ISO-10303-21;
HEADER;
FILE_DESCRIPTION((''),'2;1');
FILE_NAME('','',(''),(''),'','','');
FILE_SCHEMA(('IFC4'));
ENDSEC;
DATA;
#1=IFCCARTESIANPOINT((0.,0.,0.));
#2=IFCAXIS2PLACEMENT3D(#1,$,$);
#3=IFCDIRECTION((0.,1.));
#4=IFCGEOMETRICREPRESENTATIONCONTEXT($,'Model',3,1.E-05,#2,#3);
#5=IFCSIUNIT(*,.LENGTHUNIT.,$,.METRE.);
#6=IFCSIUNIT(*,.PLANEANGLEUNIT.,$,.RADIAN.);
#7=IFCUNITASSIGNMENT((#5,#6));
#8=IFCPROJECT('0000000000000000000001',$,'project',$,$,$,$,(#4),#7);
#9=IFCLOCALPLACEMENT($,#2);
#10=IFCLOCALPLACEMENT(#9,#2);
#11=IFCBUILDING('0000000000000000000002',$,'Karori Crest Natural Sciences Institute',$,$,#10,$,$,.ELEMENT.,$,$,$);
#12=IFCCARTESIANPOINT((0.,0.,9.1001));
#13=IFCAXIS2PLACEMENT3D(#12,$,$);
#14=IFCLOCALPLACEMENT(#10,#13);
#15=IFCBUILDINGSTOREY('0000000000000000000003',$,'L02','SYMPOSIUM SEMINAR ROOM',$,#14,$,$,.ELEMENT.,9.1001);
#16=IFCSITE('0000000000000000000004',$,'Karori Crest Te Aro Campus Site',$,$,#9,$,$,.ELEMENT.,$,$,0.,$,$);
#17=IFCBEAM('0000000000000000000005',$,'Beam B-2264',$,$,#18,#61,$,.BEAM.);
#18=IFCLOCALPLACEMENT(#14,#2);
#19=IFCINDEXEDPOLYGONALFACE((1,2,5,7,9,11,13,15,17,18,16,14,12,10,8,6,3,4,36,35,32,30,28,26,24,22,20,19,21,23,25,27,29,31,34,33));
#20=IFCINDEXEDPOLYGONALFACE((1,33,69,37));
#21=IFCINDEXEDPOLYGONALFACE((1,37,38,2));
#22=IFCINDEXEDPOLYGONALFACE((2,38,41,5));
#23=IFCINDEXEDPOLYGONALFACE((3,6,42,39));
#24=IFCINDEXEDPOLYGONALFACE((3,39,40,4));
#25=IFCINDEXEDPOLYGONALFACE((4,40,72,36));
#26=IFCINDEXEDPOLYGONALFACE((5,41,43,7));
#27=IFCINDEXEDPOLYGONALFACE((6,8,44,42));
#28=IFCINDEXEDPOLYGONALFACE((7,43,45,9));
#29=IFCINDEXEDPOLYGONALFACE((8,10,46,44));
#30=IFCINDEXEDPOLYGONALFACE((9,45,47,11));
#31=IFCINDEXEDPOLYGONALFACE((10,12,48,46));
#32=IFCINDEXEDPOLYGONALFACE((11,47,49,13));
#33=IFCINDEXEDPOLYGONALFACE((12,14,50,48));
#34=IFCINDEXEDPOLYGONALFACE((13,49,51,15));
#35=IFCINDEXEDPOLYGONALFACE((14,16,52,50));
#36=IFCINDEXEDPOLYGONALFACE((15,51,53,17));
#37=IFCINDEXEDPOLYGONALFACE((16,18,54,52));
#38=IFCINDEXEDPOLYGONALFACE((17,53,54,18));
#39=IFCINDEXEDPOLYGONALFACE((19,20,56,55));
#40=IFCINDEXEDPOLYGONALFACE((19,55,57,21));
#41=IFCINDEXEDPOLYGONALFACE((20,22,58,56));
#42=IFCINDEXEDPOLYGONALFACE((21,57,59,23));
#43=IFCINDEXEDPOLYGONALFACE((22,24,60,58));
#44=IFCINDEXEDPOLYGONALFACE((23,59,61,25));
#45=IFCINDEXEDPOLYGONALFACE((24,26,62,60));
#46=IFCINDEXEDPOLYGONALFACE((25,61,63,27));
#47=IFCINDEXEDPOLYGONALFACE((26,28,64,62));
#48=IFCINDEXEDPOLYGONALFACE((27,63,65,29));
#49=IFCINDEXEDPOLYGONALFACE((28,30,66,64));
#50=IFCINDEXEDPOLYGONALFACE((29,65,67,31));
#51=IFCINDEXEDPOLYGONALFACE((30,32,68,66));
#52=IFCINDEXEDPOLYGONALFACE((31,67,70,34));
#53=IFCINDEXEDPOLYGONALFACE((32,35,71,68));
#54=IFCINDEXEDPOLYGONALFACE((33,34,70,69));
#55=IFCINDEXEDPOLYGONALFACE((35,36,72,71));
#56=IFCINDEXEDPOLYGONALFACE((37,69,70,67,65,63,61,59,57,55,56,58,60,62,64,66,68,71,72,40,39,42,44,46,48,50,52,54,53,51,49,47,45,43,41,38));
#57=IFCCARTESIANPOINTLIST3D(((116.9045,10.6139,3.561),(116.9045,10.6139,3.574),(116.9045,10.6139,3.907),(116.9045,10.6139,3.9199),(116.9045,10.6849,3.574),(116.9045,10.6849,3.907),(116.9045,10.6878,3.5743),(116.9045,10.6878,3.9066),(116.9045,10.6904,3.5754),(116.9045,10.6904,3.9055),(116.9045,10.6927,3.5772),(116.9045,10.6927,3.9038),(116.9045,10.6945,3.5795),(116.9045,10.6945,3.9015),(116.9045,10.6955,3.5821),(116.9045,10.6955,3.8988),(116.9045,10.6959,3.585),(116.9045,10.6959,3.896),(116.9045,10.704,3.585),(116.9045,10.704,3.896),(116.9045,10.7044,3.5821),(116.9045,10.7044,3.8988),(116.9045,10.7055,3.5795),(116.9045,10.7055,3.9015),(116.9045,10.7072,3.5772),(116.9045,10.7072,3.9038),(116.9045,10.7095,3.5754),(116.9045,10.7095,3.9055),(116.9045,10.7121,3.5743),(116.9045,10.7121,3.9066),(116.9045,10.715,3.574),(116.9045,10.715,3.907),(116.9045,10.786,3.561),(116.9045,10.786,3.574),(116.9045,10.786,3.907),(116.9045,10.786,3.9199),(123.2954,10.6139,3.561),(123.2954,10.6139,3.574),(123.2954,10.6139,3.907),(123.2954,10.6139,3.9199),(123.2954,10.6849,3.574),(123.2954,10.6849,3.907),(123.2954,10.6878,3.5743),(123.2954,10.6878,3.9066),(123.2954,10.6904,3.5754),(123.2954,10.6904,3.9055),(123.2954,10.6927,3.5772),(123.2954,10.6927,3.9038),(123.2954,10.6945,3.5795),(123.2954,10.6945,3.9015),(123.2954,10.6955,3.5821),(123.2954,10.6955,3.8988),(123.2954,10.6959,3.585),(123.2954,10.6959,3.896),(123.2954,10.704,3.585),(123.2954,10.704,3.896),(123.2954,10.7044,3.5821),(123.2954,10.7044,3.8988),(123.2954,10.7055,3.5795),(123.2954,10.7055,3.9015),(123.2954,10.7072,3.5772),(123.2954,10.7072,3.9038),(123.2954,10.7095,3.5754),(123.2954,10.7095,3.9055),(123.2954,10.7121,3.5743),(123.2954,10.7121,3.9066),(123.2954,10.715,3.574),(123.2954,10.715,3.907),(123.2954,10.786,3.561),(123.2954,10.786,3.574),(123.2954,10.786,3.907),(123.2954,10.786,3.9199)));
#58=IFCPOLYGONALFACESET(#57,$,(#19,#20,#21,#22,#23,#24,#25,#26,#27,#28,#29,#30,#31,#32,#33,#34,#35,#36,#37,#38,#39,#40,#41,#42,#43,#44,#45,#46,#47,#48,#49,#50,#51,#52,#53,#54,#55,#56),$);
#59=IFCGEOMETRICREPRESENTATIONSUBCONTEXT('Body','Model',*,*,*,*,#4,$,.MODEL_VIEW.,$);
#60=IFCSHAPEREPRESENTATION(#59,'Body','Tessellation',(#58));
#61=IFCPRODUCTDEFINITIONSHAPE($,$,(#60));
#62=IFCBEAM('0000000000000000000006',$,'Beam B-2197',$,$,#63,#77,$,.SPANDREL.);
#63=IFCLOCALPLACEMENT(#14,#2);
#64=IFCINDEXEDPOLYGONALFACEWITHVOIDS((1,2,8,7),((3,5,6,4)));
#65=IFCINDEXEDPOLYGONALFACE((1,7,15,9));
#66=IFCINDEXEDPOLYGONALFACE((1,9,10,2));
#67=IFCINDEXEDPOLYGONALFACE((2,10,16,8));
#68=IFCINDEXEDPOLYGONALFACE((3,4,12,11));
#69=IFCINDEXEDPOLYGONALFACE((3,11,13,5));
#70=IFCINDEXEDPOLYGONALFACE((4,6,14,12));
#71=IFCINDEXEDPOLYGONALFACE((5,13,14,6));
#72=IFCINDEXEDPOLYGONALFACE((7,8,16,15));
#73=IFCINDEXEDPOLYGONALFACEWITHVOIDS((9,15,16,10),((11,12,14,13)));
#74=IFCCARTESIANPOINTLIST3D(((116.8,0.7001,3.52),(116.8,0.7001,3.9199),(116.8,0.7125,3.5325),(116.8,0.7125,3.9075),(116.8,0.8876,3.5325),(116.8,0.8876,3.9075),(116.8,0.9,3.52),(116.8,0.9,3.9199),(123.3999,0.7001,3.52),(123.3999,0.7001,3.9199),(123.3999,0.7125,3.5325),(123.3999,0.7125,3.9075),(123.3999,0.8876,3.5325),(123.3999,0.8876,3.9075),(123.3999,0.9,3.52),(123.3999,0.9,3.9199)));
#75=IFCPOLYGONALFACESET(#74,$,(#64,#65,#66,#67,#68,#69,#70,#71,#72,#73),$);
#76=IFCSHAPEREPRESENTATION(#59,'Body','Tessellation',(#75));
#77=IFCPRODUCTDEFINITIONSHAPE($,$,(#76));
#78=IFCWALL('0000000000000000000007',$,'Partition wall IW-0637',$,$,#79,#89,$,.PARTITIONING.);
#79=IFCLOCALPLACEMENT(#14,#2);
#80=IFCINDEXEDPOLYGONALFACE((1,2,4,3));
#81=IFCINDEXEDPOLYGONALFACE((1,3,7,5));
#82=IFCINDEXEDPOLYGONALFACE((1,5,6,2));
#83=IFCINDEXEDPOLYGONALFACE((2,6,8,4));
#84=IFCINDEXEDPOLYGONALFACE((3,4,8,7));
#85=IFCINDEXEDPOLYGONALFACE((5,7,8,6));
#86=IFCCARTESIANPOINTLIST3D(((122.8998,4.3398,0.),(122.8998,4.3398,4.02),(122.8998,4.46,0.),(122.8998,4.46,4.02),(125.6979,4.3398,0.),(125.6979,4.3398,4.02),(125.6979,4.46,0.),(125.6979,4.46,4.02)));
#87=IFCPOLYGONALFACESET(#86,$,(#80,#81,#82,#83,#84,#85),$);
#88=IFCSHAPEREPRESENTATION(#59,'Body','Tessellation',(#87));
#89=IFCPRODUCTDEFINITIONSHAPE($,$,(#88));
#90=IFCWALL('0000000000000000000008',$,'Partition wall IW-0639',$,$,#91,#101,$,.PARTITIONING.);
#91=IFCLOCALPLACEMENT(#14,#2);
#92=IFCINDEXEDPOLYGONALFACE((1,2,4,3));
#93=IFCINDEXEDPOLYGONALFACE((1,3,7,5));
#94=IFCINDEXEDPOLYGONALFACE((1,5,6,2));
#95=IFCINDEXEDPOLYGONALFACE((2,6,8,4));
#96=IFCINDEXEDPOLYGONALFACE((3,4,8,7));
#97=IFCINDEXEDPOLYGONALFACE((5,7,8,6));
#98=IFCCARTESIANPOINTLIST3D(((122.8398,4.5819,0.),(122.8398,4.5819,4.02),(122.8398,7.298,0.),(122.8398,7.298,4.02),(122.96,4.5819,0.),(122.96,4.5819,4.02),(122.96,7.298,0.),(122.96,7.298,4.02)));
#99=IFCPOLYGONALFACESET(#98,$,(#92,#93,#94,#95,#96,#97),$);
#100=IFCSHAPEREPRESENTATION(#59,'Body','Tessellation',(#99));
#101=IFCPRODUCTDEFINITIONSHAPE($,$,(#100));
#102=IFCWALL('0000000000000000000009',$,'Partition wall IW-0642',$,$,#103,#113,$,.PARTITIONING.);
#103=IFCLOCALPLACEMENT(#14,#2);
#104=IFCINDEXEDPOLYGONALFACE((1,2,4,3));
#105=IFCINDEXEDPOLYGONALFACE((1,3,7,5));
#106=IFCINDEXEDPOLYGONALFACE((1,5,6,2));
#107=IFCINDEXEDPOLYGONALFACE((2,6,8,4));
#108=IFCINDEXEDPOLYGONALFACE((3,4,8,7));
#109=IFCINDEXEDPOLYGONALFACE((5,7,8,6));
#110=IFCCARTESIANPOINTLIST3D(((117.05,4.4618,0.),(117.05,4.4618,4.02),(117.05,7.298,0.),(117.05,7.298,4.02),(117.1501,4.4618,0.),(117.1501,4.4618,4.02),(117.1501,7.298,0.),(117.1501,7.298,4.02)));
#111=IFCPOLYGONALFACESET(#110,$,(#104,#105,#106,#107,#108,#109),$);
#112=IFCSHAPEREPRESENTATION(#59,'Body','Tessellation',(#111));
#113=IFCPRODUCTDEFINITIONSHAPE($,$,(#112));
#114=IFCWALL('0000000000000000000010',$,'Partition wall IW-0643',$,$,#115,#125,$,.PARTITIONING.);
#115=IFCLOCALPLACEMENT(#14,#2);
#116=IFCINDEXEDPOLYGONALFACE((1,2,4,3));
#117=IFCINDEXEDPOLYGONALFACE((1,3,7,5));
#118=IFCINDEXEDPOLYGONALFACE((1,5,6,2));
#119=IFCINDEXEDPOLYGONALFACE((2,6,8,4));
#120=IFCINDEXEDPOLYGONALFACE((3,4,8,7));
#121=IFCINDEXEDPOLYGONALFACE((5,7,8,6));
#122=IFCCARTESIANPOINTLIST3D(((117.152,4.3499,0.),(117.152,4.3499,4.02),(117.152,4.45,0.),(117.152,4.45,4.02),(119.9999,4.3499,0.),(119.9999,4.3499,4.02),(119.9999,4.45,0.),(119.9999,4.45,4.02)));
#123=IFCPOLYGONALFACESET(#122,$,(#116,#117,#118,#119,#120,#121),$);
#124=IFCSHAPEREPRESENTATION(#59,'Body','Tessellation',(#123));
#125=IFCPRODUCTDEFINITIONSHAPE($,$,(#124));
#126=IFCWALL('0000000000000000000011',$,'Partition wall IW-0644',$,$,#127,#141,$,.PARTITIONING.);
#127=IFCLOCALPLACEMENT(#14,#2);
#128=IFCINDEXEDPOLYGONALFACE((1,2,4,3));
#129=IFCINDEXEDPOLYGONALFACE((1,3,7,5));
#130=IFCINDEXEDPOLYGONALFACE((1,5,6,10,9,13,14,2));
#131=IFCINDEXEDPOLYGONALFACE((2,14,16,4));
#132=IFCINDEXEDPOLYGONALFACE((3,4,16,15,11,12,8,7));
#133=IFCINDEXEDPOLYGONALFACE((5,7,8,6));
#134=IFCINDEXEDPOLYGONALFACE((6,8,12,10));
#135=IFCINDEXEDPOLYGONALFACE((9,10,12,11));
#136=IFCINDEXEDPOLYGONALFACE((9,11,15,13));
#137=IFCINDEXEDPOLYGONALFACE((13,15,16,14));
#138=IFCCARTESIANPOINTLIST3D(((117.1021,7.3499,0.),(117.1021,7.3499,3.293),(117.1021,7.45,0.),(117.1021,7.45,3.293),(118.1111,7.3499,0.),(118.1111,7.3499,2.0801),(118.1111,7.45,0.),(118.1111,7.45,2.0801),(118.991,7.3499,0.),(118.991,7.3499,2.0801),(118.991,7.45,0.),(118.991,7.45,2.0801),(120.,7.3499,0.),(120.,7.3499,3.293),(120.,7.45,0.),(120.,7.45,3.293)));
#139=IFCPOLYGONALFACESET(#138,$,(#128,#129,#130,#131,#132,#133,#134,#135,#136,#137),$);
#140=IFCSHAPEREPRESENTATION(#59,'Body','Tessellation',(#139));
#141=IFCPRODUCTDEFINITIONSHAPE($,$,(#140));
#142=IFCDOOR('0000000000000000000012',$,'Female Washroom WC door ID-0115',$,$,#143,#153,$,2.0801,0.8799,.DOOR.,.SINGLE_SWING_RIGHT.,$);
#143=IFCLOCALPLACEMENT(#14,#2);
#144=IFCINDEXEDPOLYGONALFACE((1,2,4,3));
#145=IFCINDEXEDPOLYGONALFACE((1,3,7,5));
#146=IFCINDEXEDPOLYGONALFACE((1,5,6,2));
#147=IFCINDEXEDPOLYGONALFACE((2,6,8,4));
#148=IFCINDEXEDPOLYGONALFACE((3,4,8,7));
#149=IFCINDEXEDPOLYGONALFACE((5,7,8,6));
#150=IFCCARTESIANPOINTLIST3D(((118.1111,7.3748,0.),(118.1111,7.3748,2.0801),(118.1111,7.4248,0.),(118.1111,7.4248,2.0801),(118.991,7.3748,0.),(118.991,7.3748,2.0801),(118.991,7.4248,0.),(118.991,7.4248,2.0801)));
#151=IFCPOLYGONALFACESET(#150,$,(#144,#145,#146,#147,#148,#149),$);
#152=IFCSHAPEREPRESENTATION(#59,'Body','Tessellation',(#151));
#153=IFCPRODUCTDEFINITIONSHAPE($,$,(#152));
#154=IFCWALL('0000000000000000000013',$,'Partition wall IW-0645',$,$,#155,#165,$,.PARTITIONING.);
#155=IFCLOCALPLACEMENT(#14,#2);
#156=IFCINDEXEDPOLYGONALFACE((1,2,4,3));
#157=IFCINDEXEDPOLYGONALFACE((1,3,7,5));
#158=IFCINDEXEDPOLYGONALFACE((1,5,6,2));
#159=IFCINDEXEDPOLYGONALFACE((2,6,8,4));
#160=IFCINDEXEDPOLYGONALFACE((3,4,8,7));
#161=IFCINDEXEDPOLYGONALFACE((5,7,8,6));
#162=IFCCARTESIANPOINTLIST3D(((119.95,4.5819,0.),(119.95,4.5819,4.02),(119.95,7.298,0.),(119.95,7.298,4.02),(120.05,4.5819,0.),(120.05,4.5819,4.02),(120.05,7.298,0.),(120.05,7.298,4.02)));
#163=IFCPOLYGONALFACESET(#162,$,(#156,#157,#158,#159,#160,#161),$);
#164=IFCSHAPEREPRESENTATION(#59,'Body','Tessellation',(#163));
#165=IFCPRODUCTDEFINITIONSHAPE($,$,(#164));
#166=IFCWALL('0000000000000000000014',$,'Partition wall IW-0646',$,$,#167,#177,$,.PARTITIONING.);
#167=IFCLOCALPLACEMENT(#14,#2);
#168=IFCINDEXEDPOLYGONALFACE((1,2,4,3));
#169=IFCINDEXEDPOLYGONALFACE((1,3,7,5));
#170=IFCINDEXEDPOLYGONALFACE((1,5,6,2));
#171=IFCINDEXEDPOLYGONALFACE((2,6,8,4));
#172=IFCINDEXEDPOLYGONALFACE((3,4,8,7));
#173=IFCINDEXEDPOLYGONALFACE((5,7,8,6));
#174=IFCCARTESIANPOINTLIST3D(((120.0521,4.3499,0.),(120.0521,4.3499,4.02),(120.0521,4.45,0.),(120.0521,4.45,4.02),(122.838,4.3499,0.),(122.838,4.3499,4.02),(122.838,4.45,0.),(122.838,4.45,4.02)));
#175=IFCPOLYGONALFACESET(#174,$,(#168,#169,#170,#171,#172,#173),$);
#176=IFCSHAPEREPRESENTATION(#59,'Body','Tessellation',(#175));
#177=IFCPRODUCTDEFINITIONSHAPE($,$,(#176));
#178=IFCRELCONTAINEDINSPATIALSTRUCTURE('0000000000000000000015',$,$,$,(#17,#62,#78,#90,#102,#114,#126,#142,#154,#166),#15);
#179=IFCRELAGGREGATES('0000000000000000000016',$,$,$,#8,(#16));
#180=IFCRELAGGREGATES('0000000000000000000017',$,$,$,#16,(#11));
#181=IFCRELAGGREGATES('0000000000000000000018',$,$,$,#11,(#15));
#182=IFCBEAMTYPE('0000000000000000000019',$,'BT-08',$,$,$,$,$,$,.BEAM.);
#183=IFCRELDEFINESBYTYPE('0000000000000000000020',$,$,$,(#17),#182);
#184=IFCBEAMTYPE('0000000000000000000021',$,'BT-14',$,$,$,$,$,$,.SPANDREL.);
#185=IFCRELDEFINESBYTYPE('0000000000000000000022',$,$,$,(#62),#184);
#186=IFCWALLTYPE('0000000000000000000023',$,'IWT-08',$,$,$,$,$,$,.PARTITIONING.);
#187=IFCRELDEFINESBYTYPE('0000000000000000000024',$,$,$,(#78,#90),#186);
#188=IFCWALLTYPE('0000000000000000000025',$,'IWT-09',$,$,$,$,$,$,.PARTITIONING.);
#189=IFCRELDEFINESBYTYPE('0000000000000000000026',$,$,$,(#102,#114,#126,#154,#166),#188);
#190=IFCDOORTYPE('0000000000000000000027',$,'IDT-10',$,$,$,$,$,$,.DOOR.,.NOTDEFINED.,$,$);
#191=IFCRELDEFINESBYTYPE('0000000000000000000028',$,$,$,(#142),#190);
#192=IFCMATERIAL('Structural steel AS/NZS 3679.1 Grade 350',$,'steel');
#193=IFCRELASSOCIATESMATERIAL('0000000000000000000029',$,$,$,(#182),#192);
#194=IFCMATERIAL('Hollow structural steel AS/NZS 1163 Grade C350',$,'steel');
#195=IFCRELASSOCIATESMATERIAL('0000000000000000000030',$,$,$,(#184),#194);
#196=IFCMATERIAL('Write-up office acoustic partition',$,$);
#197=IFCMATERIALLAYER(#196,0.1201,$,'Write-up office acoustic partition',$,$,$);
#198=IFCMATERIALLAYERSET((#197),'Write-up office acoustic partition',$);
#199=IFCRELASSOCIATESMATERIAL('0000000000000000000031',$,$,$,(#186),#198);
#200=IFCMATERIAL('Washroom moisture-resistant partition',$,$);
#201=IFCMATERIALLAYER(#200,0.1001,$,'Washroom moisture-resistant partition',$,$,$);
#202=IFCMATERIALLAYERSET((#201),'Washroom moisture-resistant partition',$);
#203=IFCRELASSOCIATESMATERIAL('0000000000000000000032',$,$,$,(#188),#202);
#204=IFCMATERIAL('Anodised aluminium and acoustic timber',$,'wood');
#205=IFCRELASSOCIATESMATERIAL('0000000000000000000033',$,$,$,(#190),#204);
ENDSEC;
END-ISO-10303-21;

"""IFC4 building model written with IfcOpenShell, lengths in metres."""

from ifc_helpers import new_model, si_unit, direction, frame, frame_2d, origin, origin_2d, place, context, subcontext, project, spatial, rectangle, hollow_rectangle, i_section, extrude, material, layer, layer_set, material_profile, profile_set, type_object, element, fill, save


model = new_model("IFC4")

# Units and contexts
model_context = context("Model", 3, precision=1e-05, world=origin(), true_north=direction((0.0, 1.0)))
body_context = subcontext(model_context, "Body", "Model", "MODEL_VIEW")
ifc_project = project(units=[si_unit("LENGTHUNIT", "METRE"), si_unit("PLANEANGLEUNIT", "RADIAN")], contexts=[model_context])

# Site, building, storey
site_placement = place(None, origin())
site = spatial("IfcSite", under=ifc_project, at=site_placement, Name="Karori Crest Te Aro Campus Site", CompositionType="ELEMENT", RefElevation=0.0)
building_placement = place(site_placement, origin())
building = spatial("IfcBuilding", under=site, at=building_placement, Name="Karori Crest Natural Sciences Institute", CompositionType="ELEMENT")
storey_placement = place(building_placement, frame((0.0, 0.0, 9.1001)))
storey = spatial("IfcBuildingStorey", under=building, at=storey_placement, Name="L02", Description="SYMPOSIUM SEMINAR ROOM", CompositionType="ELEMENT", Elevation=9.1001)

# Shared definitions
ifc_material_1 = material(Name="Structural steel AS/NZS 3679.1 Grade 350", Category="steel")

# Beams
ifc_material_profile_1 = material_profile(ifc_material_1, i_section(OverallWidth=0.1721, OverallDepth=0.3589, WebThickness=0.0081, FlangeThickness=0.0129, FilletRadius=0.011, at=origin_2d()), Name="360UB56.7")
ifc_profile_set_1 = profile_set([ifc_material_profile_1], Name="Structural steel AS/NZS 3679.1 Grade 350")
beam_type_1 = type_object("IfcBeamType", Name="BT-08", PredefinedType="BEAM", material=ifc_profile_set_1)
for number, where, z_axis, x_axis, name in (
    (1, (116.9045, 10.7, 3.7405), (1.0, 0.0, 0.0), (0.0, 1.0, 0.0), "Beam B-2264"),
):
    element("IfcBeam", number, at=place(storey_placement, frame(where, z_axis=z_axis, x_axis=x_axis)), inside=storey, type_object=beam_type_1, Name=name, PredefinedType="BEAM", context=body_context, shape_type="SweptSolid", body=[
        extrude(i_section(OverallWidth=0.1721, OverallDepth=0.3589, WebThickness=0.0081, FlangeThickness=0.0129, FilletRadius=0.011, at=origin_2d()), origin(), (0.0, 0.0, 1.0), 6.3909),
    ])
ifc_material_2 = material(Name="Hollow structural steel AS/NZS 1163 Grade C350", Category="steel")
ifc_material_profile_2 = material_profile(ifc_material_2, hollow_rectangle(XDim=0.2, YDim=0.3999, WallThickness=0.0125, at=origin_2d()), Name="RHS400x200x12.5")
ifc_profile_set_2 = profile_set([ifc_material_profile_2], Name="Hollow structural steel AS/NZS 1163 Grade C350")
beam_type_2 = type_object("IfcBeamType", Name="BT-14", PredefinedType="SPANDREL", material=ifc_profile_set_2)
beam_1_placement = place(storey_placement, frame((116.8, 0.8, 3.72), z_axis=(1.0, 0.0, 0.0), x_axis=(0.0, 1.0, 0.0)))
element("IfcBeam", 2, at=beam_1_placement, inside=storey, type_object=beam_type_2, Name="Beam B-2197", PredefinedType="SPANDREL", context=body_context, shape_type="SweptSolid", body=[
    extrude(hollow_rectangle(XDim=0.2, YDim=0.3999, WallThickness=0.0125, at=origin_2d()), origin(), (0.0, 0.0, 1.0), 6.5999),
])

# Wall
ifc_material_3 = material(Name="Write-up office acoustic partition")
ifc_layer_1 = layer(ifc_material_3, 0.1201, Name="Write-up office acoustic partition")
ifc_layer_set_1 = layer_set([ifc_layer_1], Name="Write-up office acoustic partition")
wall_type_1 = type_object("IfcWallType", Name="IWT-08", PredefinedType="PARTITIONING", material=ifc_layer_set_1)
wall_1_placement = place(storey_placement, frame((122.8999, 4.3999, 0.0), z_axis=(0.0, 0.0, 1.0), x_axis=(1.0, 0.0, 0.0)))
element("IfcWall", 3, at=wall_1_placement, inside=storey, type_object=wall_type_1, Name="Partition wall IW-0637", PredefinedType="PARTITIONING", context=body_context, shape_type="SweptSolid", body=[
    extrude(rectangle(XDim=2.7981, YDim=0.1201, at=frame_2d((1.3989, 0.0))), origin(), (0.0, 0.0, 1.0), 4.02),
])

# Shared definitions
ifc_material_4 = material(Name="Anodised aluminium and acoustic timber", Category="wood")

# Walls
wall_2_placement = place(storey_placement, frame((122.8999, 4.582, 0.0), z_axis=(0.0, 0.0, 1.0), x_axis=(0.0, 1.0, 0.0)))
element("IfcWall", 4, at=wall_2_placement, inside=storey, type_object=wall_type_1, Name="Partition wall IW-0639", PredefinedType="PARTITIONING", context=body_context, shape_type="SweptSolid", body=[
    extrude(rectangle(XDim=2.7161, YDim=0.1201, at=frame_2d((1.3579, 0.0))), origin(), (0.0, 0.0, 1.0), 4.02),
])
ifc_material_5 = material(Name="Washroom moisture-resistant partition")
ifc_layer_2 = layer(ifc_material_5, 0.1001, Name="Washroom moisture-resistant partition")
ifc_layer_set_2 = layer_set([ifc_layer_2], Name="Washroom moisture-resistant partition")
wall_type_2 = type_object("IfcWallType", Name="IWT-09", PredefinedType="PARTITIONING", material=ifc_layer_set_2)
wall_3_placement = place(storey_placement, frame((117.1001, 4.4619, 0.0), z_axis=(0.0, 0.0, 1.0), x_axis=(0.0, 1.0, 0.0)))
element("IfcWall", 5, at=wall_3_placement, inside=storey, type_object=wall_type_2, Name="Partition wall IW-0642", PredefinedType="PARTITIONING", context=body_context, shape_type="SweptSolid", body=[
    extrude(rectangle(XDim=2.8362, YDim=0.1001, at=frame_2d((1.418, 0.0))), origin(), (0.0, 0.0, 1.0), 4.02),
])
wall_4_placement = place(storey_placement, frame((117.1521, 4.3999, 0.0), z_axis=(0.0, 0.0, 1.0), x_axis=(1.0, 0.0, 0.0)))
element("IfcWall", 6, at=wall_4_placement, inside=storey, type_object=wall_type_2, Name="Partition wall IW-0643", PredefinedType="PARTITIONING", context=body_context, shape_type="SweptSolid", body=[
    extrude(rectangle(XDim=2.8479, YDim=0.1001, at=frame_2d((1.4238, 0.0))), origin(), (0.0, 0.0, 1.0), 4.02),
])

# Wall, opening, door
wall_5_placement = place(storey_placement, frame((117.1021, 7.3999, 0.0), z_axis=(0.0, 0.0, 1.0), x_axis=(1.0, 0.0, 0.0)))
wall_5 = element("IfcWall", 7, at=wall_5_placement, inside=storey, type_object=wall_type_2, Name="Partition wall IW-0644", PredefinedType="PARTITIONING", context=body_context, shape_type="SweptSolid", body=[
    extrude(rectangle(XDim=2.8979, YDim=0.1001, at=frame_2d((1.449, 0.0))), origin(), (0.0, 0.0, 1.0), 3.293),
])
opening_1_placement = place(wall_5_placement, frame((1.009, 0.0, 0.0)))
opening_1 = element("IfcOpeningElement", 8, at=opening_1_placement, cuts=wall_5, PredefinedType="OPENING", context=body_context, shape_type="SweptSolid", body=[
    extrude(rectangle(XDim=0.8799, YDim=2.0801, at=frame_2d((0.4399, 1.04))), frame((0.0, 0.0601, 0.0), z_axis=(0.0, -1.0, 0.0), x_axis=(1.0, 0.0, 0.0)), (0.0, 0.0, 1.0), 0.1201),
])
door_type_1 = type_object("IfcDoorType", Name="IDT-10", OperationType="NOTDEFINED", PredefinedType="DOOR", material=ifc_material_4)
door_1_placement = place(opening_1_placement, origin())
door_1 = element("IfcDoor", 9, at=door_1_placement, inside=storey, type_object=door_type_1, Name="Female Washroom WC door ID-0115", OperationType="SINGLE_SWING_RIGHT", OverallHeight=2.0801, OverallWidth=0.8799, PredefinedType="DOOR", context=body_context, shape_type="SweptSolid", body=[
    extrude(rectangle(XDim=0.8799, YDim=2.0801, at=frame_2d((0.4399, 1.04))), frame((0.0, 0.0249, 0.0), z_axis=(0.0, -1.0, 0.0), x_axis=(1.0, 0.0, 0.0)), (0.0, 0.0, 1.0), 0.05),
])
fill(opening_1, door_1)

# Walls
wall_6_placement = place(storey_placement, frame((120.0, 4.582, 0.0), z_axis=(0.0, 0.0, 1.0), x_axis=(0.0, 1.0, 0.0)))
element("IfcWall", 10, at=wall_6_placement, inside=storey, type_object=wall_type_2, Name="Partition wall IW-0645", PredefinedType="PARTITIONING", context=body_context, shape_type="SweptSolid", body=[
    extrude(rectangle(XDim=2.7161, YDim=0.1001, at=frame_2d((1.3579, 0.0))), origin(), (0.0, 0.0, 1.0), 4.02),
])
wall_7_placement = place(storey_placement, frame((120.052, 4.3999, 0.0), z_axis=(0.0, 0.0, 1.0), x_axis=(1.0, 0.0, 0.0)))
element("IfcWall", 11, at=wall_7_placement, inside=storey, type_object=wall_type_2, Name="Partition wall IW-0646", PredefinedType="PARTITIONING", context=body_context, shape_type="SweptSolid", body=[
    extrude(rectangle(XDim=2.7859, YDim=0.1001, at=frame_2d((1.3931, 0.0))), origin(), (0.0, 0.0, 1.0), 4.02),
])

save(model, "model.ifc")
